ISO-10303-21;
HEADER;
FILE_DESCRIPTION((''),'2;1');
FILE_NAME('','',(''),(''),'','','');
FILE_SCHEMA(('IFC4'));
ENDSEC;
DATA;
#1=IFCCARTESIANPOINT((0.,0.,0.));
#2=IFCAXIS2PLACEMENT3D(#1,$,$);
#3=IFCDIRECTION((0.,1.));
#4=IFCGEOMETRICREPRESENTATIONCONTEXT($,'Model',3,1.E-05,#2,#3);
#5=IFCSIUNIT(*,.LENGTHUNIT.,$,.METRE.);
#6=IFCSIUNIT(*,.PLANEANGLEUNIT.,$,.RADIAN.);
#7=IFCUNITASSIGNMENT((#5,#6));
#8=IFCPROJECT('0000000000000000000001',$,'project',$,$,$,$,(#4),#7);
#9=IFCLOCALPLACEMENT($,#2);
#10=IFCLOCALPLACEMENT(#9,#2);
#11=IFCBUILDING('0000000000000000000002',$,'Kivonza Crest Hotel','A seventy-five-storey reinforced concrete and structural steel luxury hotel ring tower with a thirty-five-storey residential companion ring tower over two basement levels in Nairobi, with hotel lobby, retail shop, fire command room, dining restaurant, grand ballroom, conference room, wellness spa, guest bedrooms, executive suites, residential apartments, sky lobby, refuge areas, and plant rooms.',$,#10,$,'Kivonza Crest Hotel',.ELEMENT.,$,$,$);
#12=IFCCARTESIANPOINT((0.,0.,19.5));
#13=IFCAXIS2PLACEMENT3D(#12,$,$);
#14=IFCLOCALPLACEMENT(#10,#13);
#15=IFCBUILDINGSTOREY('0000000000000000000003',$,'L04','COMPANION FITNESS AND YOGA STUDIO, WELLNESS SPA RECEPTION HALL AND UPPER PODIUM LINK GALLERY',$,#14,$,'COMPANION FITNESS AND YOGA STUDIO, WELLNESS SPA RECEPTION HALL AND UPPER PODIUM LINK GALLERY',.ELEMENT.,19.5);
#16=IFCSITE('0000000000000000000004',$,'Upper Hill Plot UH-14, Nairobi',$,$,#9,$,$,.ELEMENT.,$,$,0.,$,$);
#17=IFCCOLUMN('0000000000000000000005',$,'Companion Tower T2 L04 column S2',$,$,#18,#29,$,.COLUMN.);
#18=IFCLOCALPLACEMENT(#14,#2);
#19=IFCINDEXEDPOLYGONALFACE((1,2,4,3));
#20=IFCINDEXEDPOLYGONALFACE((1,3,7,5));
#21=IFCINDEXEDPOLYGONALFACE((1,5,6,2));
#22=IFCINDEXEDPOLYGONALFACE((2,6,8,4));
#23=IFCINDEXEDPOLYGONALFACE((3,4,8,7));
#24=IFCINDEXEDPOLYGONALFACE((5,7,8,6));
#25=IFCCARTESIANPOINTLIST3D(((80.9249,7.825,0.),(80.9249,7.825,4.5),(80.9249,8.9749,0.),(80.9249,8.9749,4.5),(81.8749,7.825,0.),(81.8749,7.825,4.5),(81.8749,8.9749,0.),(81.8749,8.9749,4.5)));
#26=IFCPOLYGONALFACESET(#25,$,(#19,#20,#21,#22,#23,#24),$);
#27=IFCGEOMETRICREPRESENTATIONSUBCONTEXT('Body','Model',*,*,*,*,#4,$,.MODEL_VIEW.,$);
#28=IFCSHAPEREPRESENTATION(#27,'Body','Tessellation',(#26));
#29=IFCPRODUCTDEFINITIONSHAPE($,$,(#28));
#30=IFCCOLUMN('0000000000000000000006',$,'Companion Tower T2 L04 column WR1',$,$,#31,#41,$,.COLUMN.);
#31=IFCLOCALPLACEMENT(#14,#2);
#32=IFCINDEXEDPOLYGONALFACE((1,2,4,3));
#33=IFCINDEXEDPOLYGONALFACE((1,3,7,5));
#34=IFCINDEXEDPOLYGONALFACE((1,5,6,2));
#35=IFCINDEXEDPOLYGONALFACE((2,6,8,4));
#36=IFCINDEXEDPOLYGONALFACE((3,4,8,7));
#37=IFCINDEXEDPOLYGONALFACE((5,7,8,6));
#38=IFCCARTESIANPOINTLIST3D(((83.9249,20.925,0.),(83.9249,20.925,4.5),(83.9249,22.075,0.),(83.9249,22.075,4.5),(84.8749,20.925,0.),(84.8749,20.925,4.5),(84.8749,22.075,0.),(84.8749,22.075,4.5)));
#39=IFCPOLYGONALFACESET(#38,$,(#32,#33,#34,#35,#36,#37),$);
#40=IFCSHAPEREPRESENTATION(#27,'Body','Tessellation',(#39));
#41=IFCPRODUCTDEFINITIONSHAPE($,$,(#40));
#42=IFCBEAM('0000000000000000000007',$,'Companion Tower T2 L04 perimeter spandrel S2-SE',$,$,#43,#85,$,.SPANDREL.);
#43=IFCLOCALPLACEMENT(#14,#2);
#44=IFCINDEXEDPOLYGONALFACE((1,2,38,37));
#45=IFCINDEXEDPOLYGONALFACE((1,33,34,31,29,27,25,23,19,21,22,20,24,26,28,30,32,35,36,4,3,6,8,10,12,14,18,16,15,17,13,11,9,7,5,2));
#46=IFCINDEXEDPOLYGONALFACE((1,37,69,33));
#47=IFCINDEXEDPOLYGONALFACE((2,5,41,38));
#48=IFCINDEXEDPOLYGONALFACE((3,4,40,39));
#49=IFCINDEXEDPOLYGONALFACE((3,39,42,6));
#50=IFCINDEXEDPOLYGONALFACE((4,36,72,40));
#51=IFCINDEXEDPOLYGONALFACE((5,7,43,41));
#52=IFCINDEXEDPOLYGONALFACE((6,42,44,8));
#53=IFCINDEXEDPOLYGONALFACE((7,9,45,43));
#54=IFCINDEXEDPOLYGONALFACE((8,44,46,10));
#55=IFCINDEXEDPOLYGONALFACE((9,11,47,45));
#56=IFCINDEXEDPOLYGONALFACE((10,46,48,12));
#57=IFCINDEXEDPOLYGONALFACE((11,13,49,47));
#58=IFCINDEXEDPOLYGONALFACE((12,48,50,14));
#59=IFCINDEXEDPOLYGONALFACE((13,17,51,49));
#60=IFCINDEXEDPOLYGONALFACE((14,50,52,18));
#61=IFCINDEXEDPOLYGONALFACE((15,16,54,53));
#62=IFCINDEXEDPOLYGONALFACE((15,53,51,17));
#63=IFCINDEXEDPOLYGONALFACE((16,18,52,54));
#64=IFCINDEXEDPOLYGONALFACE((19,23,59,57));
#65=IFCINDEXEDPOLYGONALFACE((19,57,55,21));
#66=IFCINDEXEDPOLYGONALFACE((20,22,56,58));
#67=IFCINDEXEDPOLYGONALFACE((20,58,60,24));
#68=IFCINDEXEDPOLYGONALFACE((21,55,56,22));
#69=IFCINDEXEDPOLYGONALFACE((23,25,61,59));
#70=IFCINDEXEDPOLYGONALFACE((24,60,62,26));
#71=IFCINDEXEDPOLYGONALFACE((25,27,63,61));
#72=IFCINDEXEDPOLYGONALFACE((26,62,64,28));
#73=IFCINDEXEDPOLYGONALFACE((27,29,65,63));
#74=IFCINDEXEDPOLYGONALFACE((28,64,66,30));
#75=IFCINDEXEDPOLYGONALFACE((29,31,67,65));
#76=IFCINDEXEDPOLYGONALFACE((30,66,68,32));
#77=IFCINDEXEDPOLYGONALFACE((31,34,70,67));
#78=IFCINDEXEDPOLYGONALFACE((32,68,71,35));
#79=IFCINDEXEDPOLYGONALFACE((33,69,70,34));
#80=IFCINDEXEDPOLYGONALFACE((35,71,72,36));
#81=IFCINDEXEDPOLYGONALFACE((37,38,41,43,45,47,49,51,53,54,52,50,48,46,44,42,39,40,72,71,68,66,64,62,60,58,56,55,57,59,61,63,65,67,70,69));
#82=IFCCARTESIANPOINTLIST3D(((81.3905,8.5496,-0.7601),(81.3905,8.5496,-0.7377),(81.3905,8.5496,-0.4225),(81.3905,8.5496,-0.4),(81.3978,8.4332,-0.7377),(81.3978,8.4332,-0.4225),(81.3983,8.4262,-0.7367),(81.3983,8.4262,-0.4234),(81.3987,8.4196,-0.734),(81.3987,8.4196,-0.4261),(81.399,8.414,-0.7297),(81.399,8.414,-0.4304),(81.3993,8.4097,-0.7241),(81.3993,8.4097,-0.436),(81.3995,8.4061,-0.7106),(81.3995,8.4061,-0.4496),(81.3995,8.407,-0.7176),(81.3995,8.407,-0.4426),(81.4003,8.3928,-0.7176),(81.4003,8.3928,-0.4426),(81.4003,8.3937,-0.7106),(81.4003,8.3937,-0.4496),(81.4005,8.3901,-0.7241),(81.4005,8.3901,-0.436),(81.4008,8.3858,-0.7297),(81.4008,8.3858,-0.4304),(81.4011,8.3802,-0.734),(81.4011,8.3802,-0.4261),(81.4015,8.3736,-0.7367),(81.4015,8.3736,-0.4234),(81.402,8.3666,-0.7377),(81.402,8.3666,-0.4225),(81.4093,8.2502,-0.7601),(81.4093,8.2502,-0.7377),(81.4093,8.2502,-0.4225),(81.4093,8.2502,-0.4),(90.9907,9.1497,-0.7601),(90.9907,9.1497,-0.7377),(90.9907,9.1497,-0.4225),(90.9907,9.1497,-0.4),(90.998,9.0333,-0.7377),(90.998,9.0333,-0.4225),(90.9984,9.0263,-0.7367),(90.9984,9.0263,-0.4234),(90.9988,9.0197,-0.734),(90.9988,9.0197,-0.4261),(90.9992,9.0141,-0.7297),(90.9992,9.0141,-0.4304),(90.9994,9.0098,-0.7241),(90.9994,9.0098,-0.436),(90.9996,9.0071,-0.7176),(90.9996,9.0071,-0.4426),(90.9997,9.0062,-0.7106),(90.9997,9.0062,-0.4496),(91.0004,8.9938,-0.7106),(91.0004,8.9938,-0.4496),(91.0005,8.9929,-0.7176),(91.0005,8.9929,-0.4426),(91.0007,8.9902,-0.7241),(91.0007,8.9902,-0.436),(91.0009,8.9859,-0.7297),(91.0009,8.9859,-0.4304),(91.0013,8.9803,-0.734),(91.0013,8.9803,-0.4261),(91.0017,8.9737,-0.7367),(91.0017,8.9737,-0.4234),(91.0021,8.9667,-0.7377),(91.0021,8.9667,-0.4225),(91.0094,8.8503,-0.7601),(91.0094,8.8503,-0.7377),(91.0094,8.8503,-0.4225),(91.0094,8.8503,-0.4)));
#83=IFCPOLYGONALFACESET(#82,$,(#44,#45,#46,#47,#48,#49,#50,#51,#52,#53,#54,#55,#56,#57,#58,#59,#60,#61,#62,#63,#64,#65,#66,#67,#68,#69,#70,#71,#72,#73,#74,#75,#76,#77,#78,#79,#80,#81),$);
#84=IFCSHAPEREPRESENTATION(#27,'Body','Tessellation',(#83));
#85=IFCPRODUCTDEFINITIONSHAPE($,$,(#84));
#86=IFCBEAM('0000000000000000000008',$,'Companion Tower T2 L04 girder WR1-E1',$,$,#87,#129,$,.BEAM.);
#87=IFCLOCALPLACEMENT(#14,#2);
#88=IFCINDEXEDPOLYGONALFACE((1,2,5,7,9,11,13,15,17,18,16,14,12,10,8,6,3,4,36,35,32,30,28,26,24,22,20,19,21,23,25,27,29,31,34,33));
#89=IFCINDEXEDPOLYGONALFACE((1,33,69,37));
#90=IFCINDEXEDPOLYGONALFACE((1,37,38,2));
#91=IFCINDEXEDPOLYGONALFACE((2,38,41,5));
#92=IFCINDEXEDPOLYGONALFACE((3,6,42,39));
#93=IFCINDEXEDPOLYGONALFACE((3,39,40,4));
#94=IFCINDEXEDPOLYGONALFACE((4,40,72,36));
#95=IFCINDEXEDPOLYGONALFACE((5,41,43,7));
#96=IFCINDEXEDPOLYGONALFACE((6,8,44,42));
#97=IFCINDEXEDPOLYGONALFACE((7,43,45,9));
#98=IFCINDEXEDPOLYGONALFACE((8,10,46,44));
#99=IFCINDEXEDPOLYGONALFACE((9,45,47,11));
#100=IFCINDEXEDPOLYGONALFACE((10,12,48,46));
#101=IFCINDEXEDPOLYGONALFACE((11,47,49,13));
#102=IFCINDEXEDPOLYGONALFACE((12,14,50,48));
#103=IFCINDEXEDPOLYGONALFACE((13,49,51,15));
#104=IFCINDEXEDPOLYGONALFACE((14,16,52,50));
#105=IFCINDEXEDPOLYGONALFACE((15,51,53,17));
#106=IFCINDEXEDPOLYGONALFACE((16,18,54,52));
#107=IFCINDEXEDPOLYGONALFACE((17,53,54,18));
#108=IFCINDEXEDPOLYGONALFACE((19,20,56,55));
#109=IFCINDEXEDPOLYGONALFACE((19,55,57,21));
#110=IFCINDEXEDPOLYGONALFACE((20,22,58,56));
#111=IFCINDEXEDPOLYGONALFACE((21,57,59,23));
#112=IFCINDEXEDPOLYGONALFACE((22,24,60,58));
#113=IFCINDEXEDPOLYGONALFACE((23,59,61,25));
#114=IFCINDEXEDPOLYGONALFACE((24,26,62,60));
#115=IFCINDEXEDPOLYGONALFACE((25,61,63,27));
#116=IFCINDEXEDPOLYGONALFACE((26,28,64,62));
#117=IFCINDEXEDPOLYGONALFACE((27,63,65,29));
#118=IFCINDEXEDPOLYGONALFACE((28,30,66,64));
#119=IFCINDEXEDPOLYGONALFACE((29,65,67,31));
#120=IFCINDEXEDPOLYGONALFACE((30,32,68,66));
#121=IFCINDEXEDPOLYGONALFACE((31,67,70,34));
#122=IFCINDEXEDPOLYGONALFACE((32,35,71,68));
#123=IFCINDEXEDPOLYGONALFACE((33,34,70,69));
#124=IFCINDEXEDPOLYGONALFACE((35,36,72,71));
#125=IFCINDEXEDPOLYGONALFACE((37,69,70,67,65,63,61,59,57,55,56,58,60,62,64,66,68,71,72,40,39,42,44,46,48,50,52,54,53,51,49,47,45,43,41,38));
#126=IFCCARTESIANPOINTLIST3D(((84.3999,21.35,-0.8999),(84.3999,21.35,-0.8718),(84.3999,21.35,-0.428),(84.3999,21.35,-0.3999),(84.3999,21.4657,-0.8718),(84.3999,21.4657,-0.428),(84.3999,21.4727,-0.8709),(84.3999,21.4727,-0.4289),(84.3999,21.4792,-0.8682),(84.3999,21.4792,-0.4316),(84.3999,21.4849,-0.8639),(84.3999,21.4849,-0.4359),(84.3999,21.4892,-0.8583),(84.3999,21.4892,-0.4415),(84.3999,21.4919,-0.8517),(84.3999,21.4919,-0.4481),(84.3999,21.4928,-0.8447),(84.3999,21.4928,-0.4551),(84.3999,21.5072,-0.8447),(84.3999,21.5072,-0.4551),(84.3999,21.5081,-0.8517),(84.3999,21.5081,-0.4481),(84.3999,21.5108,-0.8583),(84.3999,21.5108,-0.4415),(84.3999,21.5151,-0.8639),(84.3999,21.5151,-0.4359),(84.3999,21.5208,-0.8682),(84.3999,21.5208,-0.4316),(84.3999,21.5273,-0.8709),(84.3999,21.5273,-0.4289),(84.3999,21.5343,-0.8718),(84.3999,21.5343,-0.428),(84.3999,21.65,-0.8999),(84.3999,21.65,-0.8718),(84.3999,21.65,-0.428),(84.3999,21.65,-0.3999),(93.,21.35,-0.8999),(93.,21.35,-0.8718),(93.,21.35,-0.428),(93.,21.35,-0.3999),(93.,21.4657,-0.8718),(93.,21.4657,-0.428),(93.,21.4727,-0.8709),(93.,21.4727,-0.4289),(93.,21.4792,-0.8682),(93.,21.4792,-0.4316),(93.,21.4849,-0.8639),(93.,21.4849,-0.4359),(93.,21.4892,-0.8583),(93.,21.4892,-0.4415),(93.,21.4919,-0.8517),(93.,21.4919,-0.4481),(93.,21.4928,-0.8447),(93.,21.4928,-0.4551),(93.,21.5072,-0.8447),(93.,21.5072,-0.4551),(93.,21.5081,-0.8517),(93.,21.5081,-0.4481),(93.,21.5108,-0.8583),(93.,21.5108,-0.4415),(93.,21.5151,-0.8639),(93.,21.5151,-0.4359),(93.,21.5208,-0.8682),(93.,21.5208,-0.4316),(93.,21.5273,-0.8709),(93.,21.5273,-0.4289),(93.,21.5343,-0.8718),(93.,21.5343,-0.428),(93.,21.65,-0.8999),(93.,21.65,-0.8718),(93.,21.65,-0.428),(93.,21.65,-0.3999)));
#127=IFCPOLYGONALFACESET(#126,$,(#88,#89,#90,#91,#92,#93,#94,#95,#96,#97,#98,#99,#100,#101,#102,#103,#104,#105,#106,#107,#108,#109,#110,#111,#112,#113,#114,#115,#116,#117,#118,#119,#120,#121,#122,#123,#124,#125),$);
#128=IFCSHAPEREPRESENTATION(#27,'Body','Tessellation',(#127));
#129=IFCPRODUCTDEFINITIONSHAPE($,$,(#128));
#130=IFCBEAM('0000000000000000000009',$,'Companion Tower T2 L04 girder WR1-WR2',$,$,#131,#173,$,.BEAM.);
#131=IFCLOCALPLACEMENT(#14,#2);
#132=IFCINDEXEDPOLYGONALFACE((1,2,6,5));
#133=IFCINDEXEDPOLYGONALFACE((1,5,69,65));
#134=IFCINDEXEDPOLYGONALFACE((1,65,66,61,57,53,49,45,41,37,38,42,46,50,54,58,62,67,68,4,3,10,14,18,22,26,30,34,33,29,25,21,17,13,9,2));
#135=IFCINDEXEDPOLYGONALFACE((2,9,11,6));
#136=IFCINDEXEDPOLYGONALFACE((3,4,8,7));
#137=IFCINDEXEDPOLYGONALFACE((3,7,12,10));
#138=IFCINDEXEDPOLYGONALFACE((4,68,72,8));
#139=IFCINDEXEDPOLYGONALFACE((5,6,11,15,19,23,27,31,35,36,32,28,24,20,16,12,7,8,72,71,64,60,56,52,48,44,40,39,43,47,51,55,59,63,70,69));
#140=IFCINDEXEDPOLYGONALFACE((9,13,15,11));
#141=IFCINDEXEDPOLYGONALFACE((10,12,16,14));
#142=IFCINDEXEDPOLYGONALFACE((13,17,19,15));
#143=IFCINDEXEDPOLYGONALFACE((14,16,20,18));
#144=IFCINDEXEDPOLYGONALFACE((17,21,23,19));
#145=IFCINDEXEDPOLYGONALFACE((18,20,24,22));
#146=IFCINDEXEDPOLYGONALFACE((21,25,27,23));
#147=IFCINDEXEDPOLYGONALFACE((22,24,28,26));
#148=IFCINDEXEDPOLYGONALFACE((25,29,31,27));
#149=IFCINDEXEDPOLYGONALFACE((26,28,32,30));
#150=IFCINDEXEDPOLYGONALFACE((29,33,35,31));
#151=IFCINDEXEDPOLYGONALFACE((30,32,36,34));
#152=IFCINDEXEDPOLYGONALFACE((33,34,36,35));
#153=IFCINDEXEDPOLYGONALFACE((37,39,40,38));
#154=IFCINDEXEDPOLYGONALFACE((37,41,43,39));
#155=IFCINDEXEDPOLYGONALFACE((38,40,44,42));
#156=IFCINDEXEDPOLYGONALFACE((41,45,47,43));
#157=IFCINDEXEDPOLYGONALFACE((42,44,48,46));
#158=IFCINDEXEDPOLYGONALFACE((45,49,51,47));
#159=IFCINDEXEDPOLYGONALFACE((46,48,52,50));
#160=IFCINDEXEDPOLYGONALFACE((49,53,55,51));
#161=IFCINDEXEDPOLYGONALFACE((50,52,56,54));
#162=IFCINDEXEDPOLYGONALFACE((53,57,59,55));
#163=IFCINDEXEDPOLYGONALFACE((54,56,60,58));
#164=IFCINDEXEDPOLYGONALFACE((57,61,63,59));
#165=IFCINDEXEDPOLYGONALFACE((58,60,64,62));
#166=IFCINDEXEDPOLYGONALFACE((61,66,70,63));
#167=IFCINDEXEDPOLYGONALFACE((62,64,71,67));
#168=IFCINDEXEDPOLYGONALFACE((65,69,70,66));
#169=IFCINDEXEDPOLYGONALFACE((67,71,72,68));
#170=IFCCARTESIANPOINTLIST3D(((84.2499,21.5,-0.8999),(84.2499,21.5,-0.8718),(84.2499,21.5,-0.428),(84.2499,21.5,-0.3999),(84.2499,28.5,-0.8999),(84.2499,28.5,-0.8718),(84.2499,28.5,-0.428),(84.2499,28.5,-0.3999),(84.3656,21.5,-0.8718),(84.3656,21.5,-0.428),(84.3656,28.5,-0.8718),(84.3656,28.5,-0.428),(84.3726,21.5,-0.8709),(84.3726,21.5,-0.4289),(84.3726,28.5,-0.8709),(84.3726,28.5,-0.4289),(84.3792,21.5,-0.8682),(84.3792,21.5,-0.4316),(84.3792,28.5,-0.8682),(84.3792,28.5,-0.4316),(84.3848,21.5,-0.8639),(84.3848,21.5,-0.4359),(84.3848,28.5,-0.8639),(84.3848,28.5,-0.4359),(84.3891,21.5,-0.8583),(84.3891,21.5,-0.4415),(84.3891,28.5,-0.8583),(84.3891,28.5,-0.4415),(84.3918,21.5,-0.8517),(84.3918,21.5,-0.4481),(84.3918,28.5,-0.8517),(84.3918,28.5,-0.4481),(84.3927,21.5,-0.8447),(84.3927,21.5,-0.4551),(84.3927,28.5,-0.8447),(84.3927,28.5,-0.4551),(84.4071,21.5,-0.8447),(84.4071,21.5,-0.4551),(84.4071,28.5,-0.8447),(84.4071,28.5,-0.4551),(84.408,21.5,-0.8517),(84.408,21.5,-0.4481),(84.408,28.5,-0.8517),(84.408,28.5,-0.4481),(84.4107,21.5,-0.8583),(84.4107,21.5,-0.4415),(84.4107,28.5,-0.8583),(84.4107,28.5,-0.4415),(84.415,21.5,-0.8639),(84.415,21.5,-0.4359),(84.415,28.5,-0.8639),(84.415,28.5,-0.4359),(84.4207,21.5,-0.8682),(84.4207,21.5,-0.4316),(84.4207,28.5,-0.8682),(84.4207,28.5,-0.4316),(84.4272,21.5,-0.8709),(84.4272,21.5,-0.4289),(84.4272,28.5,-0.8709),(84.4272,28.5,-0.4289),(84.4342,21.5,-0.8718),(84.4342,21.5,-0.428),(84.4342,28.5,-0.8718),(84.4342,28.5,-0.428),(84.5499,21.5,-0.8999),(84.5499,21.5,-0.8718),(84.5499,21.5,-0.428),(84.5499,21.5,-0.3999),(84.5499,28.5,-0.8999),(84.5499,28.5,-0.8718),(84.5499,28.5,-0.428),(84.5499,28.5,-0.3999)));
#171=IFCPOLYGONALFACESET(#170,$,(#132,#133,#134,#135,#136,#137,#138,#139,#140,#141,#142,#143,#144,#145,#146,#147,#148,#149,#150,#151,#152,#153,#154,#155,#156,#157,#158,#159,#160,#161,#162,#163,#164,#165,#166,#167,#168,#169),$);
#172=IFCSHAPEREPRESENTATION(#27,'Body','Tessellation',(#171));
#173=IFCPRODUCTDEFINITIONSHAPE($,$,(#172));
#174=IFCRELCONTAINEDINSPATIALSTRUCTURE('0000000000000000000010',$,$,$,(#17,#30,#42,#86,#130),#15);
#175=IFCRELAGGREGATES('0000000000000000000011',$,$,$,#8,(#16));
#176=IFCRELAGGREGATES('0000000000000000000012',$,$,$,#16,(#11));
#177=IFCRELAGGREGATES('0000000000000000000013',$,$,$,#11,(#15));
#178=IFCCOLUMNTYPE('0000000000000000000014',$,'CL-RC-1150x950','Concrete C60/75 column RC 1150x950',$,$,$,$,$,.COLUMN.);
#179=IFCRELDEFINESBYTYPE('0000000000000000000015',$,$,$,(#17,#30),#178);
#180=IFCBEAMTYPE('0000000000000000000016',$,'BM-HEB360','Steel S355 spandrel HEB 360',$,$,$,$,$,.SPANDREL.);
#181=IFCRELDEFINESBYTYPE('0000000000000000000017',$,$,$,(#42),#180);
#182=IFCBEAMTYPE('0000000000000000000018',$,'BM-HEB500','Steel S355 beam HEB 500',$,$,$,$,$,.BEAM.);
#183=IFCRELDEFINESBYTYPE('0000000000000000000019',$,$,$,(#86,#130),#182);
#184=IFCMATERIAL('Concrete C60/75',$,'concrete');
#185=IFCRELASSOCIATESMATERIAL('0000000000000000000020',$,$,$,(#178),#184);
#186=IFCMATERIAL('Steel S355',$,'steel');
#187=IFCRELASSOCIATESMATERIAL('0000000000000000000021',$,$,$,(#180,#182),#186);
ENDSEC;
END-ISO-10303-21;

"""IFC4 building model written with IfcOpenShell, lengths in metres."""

from ifc_helpers import new_model, si_unit, direction, frame, origin, origin_2d, place, context, subcontext, project, spatial, rectangle, i_section, extrude, material, material_profile, profile_set, type_object, element, save


model = new_model("IFC4")

# Units and contexts
model_context = context("Model", 3, precision=1e-05, world=origin(), true_north=direction((0.0, 1.0)))
body_context = subcontext(model_context, "Body", "Model", "MODEL_VIEW")
ifc_project = project(units=[si_unit("LENGTHUNIT", "METRE"), si_unit("PLANEANGLEUNIT", "RADIAN")], contexts=[model_context])

# Site, building, storey
site_placement = place(None, origin())
site = spatial("IfcSite", under=ifc_project, at=site_placement, Name="Upper Hill Plot UH-14, Nairobi", CompositionType="ELEMENT", RefElevation=0.0)
building_placement = place(site_placement, origin())
building = spatial("IfcBuilding", under=site, at=building_placement, Name="Kivonza Crest Hotel", Description="A seventy-five-storey reinforced concrete and structural steel luxury hotel ring tower with a thirty-five-storey residential companion ring tower over two basement levels in Nairobi, with hotel lobby, retail shop, fire command room, dining restaurant, grand ballroom, conference room, wellness spa, guest bedrooms, executive suites, residential apartments, sky lobby, refuge areas, and plant rooms.", LongName="Kivonza Crest Hotel", CompositionType="ELEMENT")
storey_placement = place(building_placement, frame((0.0, 0.0, 19.5)))
storey = spatial("IfcBuildingStorey", under=building, at=storey_placement, Name="L04", Description="COMPANION FITNESS AND YOGA STUDIO, WELLNESS SPA RECEPTION HALL AND UPPER PODIUM LINK GALLERY", LongName="COMPANION FITNESS AND YOGA STUDIO, WELLNESS SPA RECEPTION HALL AND UPPER PODIUM LINK GALLERY", CompositionType="ELEMENT", Elevation=19.5)

# Columns
ifc_material_1 = material(Name="Concrete C60/75", Category="concrete")
ifc_material_profile_1 = material_profile(ifc_material_1, rectangle(XDim=0.95, YDim=1.1499, at=origin_2d()), Name="RC 1150x950")
ifc_profile_set_1 = profile_set([ifc_material_profile_1], Name="Concrete C60/75")
column_type = type_object("IfcColumnType", Name="CL-RC-1150x950", Description="Concrete C60/75 column RC 1150x950", PredefinedType="COLUMN", material=ifc_profile_set_1)
for number, where, z_axis, x_axis, name in (
    (1, (81.3999, 8.3999, 0.0), (0.0, 0.0, 1.0), (1.0, 0.0, 0.0), "Companion Tower T2 L04 column S2"),
    (2, (84.3999, 21.5, 0.0), (0.0, 0.0, 1.0), (1.0, 0.0, 0.0), "Companion Tower T2 L04 column WR1"),
):
    element("IfcColumn", number, at=place(storey_placement, frame(where, z_axis=z_axis, x_axis=x_axis)), inside=storey, type_object=column_type, Name=name, PredefinedType="COLUMN", context=body_context, shape_type="SweptSolid", body=[
        extrude(rectangle(XDim=0.95, YDim=1.1499, at=origin_2d()), origin(), (0.0, 0.0, 1.0), 4.5),
    ])

# Beams
ifc_material_2 = material(Name="Steel S355", Category="steel")
ifc_material_profile_2 = material_profile(ifc_material_2, i_section(OverallWidth=0.3, OverallDepth=0.3601, WebThickness=0.0125, FlangeThickness=0.0225, FilletRadius=0.0271, at=origin_2d()), Name="HEB 360")
ifc_profile_set_2 = profile_set([ifc_material_profile_2], Name="Steel S355")
beam_type_1 = type_object("IfcBeamType", Name="BM-HEB360", Description="Steel S355 spandrel HEB 360", PredefinedType="SPANDREL", material=ifc_profile_set_2)
beam_1_placement = place(storey_placement, frame((81.3999, 8.3999, -0.5801), z_axis=(0.998052, 0.062388, 0.0), x_axis=(-0.062388, 0.998052, 0.0)))
element("IfcBeam", 3, at=beam_1_placement, inside=storey, type_object=beam_type_1, Name="Companion Tower T2 L04 perimeter spandrel S2-SE", PredefinedType="SPANDREL", context=body_context, shape_type="SweptSolid", body=[
    extrude(i_section(OverallWidth=0.3, OverallDepth=0.3601, WebThickness=0.0125, FlangeThickness=0.0225, FilletRadius=0.0271, at=origin_2d()), origin(), (0.0, 0.0, 1.0), 9.6189),
])
ifc_material_profile_3 = material_profile(ifc_material_2, i_section(OverallWidth=0.3, OverallDepth=0.5, WebThickness=0.0144, FlangeThickness=0.0281, FilletRadius=0.0271, at=origin_2d()), Name="HEB 500")
ifc_profile_set_3 = profile_set([ifc_material_profile_3], Name="Steel S355")
beam_type_2 = type_object("IfcBeamType", Name="BM-HEB500", Description="Steel S355 beam HEB 500", PredefinedType="BEAM", material=ifc_profile_set_3)
beam_2_placement = place(storey_placement, frame((84.3999, 21.5, -0.6499), z_axis=(1.0, 0.0, 0.0), x_axis=(0.0, 1.0, 0.0)))
element("IfcBeam", 4, at=beam_2_placement, inside=storey, type_object=beam_type_2, Name="Companion Tower T2 L04 girder WR1-E1", PredefinedType="BEAM", context=body_context, shape_type="SweptSolid", body=[
    extrude(i_section(OverallWidth=0.3, OverallDepth=0.5, WebThickness=0.0144, FlangeThickness=0.0281, FilletRadius=0.0271, at=origin_2d()), origin(), (0.0, 0.0, 1.0), 8.6001),
])
beam_3_placement = place(storey_placement, frame((84.3999, 21.5, -0.6499), z_axis=(0.0, 1.0, 0.0), x_axis=(-1.0, 0.0, 0.0)))
element("IfcBeam", 5, at=beam_3_placement, inside=storey, type_object=beam_type_2, Name="Companion Tower T2 L04 girder WR1-WR2", PredefinedType="BEAM", context=body_context, shape_type="SweptSolid", body=[
    extrude(i_section(OverallWidth=0.3, OverallDepth=0.5, WebThickness=0.0144, FlangeThickness=0.0281, FilletRadius=0.0271, at=origin_2d()), origin(), (0.0, 0.0, 1.0), 7.0),
])

save(model, "model.ifc")
